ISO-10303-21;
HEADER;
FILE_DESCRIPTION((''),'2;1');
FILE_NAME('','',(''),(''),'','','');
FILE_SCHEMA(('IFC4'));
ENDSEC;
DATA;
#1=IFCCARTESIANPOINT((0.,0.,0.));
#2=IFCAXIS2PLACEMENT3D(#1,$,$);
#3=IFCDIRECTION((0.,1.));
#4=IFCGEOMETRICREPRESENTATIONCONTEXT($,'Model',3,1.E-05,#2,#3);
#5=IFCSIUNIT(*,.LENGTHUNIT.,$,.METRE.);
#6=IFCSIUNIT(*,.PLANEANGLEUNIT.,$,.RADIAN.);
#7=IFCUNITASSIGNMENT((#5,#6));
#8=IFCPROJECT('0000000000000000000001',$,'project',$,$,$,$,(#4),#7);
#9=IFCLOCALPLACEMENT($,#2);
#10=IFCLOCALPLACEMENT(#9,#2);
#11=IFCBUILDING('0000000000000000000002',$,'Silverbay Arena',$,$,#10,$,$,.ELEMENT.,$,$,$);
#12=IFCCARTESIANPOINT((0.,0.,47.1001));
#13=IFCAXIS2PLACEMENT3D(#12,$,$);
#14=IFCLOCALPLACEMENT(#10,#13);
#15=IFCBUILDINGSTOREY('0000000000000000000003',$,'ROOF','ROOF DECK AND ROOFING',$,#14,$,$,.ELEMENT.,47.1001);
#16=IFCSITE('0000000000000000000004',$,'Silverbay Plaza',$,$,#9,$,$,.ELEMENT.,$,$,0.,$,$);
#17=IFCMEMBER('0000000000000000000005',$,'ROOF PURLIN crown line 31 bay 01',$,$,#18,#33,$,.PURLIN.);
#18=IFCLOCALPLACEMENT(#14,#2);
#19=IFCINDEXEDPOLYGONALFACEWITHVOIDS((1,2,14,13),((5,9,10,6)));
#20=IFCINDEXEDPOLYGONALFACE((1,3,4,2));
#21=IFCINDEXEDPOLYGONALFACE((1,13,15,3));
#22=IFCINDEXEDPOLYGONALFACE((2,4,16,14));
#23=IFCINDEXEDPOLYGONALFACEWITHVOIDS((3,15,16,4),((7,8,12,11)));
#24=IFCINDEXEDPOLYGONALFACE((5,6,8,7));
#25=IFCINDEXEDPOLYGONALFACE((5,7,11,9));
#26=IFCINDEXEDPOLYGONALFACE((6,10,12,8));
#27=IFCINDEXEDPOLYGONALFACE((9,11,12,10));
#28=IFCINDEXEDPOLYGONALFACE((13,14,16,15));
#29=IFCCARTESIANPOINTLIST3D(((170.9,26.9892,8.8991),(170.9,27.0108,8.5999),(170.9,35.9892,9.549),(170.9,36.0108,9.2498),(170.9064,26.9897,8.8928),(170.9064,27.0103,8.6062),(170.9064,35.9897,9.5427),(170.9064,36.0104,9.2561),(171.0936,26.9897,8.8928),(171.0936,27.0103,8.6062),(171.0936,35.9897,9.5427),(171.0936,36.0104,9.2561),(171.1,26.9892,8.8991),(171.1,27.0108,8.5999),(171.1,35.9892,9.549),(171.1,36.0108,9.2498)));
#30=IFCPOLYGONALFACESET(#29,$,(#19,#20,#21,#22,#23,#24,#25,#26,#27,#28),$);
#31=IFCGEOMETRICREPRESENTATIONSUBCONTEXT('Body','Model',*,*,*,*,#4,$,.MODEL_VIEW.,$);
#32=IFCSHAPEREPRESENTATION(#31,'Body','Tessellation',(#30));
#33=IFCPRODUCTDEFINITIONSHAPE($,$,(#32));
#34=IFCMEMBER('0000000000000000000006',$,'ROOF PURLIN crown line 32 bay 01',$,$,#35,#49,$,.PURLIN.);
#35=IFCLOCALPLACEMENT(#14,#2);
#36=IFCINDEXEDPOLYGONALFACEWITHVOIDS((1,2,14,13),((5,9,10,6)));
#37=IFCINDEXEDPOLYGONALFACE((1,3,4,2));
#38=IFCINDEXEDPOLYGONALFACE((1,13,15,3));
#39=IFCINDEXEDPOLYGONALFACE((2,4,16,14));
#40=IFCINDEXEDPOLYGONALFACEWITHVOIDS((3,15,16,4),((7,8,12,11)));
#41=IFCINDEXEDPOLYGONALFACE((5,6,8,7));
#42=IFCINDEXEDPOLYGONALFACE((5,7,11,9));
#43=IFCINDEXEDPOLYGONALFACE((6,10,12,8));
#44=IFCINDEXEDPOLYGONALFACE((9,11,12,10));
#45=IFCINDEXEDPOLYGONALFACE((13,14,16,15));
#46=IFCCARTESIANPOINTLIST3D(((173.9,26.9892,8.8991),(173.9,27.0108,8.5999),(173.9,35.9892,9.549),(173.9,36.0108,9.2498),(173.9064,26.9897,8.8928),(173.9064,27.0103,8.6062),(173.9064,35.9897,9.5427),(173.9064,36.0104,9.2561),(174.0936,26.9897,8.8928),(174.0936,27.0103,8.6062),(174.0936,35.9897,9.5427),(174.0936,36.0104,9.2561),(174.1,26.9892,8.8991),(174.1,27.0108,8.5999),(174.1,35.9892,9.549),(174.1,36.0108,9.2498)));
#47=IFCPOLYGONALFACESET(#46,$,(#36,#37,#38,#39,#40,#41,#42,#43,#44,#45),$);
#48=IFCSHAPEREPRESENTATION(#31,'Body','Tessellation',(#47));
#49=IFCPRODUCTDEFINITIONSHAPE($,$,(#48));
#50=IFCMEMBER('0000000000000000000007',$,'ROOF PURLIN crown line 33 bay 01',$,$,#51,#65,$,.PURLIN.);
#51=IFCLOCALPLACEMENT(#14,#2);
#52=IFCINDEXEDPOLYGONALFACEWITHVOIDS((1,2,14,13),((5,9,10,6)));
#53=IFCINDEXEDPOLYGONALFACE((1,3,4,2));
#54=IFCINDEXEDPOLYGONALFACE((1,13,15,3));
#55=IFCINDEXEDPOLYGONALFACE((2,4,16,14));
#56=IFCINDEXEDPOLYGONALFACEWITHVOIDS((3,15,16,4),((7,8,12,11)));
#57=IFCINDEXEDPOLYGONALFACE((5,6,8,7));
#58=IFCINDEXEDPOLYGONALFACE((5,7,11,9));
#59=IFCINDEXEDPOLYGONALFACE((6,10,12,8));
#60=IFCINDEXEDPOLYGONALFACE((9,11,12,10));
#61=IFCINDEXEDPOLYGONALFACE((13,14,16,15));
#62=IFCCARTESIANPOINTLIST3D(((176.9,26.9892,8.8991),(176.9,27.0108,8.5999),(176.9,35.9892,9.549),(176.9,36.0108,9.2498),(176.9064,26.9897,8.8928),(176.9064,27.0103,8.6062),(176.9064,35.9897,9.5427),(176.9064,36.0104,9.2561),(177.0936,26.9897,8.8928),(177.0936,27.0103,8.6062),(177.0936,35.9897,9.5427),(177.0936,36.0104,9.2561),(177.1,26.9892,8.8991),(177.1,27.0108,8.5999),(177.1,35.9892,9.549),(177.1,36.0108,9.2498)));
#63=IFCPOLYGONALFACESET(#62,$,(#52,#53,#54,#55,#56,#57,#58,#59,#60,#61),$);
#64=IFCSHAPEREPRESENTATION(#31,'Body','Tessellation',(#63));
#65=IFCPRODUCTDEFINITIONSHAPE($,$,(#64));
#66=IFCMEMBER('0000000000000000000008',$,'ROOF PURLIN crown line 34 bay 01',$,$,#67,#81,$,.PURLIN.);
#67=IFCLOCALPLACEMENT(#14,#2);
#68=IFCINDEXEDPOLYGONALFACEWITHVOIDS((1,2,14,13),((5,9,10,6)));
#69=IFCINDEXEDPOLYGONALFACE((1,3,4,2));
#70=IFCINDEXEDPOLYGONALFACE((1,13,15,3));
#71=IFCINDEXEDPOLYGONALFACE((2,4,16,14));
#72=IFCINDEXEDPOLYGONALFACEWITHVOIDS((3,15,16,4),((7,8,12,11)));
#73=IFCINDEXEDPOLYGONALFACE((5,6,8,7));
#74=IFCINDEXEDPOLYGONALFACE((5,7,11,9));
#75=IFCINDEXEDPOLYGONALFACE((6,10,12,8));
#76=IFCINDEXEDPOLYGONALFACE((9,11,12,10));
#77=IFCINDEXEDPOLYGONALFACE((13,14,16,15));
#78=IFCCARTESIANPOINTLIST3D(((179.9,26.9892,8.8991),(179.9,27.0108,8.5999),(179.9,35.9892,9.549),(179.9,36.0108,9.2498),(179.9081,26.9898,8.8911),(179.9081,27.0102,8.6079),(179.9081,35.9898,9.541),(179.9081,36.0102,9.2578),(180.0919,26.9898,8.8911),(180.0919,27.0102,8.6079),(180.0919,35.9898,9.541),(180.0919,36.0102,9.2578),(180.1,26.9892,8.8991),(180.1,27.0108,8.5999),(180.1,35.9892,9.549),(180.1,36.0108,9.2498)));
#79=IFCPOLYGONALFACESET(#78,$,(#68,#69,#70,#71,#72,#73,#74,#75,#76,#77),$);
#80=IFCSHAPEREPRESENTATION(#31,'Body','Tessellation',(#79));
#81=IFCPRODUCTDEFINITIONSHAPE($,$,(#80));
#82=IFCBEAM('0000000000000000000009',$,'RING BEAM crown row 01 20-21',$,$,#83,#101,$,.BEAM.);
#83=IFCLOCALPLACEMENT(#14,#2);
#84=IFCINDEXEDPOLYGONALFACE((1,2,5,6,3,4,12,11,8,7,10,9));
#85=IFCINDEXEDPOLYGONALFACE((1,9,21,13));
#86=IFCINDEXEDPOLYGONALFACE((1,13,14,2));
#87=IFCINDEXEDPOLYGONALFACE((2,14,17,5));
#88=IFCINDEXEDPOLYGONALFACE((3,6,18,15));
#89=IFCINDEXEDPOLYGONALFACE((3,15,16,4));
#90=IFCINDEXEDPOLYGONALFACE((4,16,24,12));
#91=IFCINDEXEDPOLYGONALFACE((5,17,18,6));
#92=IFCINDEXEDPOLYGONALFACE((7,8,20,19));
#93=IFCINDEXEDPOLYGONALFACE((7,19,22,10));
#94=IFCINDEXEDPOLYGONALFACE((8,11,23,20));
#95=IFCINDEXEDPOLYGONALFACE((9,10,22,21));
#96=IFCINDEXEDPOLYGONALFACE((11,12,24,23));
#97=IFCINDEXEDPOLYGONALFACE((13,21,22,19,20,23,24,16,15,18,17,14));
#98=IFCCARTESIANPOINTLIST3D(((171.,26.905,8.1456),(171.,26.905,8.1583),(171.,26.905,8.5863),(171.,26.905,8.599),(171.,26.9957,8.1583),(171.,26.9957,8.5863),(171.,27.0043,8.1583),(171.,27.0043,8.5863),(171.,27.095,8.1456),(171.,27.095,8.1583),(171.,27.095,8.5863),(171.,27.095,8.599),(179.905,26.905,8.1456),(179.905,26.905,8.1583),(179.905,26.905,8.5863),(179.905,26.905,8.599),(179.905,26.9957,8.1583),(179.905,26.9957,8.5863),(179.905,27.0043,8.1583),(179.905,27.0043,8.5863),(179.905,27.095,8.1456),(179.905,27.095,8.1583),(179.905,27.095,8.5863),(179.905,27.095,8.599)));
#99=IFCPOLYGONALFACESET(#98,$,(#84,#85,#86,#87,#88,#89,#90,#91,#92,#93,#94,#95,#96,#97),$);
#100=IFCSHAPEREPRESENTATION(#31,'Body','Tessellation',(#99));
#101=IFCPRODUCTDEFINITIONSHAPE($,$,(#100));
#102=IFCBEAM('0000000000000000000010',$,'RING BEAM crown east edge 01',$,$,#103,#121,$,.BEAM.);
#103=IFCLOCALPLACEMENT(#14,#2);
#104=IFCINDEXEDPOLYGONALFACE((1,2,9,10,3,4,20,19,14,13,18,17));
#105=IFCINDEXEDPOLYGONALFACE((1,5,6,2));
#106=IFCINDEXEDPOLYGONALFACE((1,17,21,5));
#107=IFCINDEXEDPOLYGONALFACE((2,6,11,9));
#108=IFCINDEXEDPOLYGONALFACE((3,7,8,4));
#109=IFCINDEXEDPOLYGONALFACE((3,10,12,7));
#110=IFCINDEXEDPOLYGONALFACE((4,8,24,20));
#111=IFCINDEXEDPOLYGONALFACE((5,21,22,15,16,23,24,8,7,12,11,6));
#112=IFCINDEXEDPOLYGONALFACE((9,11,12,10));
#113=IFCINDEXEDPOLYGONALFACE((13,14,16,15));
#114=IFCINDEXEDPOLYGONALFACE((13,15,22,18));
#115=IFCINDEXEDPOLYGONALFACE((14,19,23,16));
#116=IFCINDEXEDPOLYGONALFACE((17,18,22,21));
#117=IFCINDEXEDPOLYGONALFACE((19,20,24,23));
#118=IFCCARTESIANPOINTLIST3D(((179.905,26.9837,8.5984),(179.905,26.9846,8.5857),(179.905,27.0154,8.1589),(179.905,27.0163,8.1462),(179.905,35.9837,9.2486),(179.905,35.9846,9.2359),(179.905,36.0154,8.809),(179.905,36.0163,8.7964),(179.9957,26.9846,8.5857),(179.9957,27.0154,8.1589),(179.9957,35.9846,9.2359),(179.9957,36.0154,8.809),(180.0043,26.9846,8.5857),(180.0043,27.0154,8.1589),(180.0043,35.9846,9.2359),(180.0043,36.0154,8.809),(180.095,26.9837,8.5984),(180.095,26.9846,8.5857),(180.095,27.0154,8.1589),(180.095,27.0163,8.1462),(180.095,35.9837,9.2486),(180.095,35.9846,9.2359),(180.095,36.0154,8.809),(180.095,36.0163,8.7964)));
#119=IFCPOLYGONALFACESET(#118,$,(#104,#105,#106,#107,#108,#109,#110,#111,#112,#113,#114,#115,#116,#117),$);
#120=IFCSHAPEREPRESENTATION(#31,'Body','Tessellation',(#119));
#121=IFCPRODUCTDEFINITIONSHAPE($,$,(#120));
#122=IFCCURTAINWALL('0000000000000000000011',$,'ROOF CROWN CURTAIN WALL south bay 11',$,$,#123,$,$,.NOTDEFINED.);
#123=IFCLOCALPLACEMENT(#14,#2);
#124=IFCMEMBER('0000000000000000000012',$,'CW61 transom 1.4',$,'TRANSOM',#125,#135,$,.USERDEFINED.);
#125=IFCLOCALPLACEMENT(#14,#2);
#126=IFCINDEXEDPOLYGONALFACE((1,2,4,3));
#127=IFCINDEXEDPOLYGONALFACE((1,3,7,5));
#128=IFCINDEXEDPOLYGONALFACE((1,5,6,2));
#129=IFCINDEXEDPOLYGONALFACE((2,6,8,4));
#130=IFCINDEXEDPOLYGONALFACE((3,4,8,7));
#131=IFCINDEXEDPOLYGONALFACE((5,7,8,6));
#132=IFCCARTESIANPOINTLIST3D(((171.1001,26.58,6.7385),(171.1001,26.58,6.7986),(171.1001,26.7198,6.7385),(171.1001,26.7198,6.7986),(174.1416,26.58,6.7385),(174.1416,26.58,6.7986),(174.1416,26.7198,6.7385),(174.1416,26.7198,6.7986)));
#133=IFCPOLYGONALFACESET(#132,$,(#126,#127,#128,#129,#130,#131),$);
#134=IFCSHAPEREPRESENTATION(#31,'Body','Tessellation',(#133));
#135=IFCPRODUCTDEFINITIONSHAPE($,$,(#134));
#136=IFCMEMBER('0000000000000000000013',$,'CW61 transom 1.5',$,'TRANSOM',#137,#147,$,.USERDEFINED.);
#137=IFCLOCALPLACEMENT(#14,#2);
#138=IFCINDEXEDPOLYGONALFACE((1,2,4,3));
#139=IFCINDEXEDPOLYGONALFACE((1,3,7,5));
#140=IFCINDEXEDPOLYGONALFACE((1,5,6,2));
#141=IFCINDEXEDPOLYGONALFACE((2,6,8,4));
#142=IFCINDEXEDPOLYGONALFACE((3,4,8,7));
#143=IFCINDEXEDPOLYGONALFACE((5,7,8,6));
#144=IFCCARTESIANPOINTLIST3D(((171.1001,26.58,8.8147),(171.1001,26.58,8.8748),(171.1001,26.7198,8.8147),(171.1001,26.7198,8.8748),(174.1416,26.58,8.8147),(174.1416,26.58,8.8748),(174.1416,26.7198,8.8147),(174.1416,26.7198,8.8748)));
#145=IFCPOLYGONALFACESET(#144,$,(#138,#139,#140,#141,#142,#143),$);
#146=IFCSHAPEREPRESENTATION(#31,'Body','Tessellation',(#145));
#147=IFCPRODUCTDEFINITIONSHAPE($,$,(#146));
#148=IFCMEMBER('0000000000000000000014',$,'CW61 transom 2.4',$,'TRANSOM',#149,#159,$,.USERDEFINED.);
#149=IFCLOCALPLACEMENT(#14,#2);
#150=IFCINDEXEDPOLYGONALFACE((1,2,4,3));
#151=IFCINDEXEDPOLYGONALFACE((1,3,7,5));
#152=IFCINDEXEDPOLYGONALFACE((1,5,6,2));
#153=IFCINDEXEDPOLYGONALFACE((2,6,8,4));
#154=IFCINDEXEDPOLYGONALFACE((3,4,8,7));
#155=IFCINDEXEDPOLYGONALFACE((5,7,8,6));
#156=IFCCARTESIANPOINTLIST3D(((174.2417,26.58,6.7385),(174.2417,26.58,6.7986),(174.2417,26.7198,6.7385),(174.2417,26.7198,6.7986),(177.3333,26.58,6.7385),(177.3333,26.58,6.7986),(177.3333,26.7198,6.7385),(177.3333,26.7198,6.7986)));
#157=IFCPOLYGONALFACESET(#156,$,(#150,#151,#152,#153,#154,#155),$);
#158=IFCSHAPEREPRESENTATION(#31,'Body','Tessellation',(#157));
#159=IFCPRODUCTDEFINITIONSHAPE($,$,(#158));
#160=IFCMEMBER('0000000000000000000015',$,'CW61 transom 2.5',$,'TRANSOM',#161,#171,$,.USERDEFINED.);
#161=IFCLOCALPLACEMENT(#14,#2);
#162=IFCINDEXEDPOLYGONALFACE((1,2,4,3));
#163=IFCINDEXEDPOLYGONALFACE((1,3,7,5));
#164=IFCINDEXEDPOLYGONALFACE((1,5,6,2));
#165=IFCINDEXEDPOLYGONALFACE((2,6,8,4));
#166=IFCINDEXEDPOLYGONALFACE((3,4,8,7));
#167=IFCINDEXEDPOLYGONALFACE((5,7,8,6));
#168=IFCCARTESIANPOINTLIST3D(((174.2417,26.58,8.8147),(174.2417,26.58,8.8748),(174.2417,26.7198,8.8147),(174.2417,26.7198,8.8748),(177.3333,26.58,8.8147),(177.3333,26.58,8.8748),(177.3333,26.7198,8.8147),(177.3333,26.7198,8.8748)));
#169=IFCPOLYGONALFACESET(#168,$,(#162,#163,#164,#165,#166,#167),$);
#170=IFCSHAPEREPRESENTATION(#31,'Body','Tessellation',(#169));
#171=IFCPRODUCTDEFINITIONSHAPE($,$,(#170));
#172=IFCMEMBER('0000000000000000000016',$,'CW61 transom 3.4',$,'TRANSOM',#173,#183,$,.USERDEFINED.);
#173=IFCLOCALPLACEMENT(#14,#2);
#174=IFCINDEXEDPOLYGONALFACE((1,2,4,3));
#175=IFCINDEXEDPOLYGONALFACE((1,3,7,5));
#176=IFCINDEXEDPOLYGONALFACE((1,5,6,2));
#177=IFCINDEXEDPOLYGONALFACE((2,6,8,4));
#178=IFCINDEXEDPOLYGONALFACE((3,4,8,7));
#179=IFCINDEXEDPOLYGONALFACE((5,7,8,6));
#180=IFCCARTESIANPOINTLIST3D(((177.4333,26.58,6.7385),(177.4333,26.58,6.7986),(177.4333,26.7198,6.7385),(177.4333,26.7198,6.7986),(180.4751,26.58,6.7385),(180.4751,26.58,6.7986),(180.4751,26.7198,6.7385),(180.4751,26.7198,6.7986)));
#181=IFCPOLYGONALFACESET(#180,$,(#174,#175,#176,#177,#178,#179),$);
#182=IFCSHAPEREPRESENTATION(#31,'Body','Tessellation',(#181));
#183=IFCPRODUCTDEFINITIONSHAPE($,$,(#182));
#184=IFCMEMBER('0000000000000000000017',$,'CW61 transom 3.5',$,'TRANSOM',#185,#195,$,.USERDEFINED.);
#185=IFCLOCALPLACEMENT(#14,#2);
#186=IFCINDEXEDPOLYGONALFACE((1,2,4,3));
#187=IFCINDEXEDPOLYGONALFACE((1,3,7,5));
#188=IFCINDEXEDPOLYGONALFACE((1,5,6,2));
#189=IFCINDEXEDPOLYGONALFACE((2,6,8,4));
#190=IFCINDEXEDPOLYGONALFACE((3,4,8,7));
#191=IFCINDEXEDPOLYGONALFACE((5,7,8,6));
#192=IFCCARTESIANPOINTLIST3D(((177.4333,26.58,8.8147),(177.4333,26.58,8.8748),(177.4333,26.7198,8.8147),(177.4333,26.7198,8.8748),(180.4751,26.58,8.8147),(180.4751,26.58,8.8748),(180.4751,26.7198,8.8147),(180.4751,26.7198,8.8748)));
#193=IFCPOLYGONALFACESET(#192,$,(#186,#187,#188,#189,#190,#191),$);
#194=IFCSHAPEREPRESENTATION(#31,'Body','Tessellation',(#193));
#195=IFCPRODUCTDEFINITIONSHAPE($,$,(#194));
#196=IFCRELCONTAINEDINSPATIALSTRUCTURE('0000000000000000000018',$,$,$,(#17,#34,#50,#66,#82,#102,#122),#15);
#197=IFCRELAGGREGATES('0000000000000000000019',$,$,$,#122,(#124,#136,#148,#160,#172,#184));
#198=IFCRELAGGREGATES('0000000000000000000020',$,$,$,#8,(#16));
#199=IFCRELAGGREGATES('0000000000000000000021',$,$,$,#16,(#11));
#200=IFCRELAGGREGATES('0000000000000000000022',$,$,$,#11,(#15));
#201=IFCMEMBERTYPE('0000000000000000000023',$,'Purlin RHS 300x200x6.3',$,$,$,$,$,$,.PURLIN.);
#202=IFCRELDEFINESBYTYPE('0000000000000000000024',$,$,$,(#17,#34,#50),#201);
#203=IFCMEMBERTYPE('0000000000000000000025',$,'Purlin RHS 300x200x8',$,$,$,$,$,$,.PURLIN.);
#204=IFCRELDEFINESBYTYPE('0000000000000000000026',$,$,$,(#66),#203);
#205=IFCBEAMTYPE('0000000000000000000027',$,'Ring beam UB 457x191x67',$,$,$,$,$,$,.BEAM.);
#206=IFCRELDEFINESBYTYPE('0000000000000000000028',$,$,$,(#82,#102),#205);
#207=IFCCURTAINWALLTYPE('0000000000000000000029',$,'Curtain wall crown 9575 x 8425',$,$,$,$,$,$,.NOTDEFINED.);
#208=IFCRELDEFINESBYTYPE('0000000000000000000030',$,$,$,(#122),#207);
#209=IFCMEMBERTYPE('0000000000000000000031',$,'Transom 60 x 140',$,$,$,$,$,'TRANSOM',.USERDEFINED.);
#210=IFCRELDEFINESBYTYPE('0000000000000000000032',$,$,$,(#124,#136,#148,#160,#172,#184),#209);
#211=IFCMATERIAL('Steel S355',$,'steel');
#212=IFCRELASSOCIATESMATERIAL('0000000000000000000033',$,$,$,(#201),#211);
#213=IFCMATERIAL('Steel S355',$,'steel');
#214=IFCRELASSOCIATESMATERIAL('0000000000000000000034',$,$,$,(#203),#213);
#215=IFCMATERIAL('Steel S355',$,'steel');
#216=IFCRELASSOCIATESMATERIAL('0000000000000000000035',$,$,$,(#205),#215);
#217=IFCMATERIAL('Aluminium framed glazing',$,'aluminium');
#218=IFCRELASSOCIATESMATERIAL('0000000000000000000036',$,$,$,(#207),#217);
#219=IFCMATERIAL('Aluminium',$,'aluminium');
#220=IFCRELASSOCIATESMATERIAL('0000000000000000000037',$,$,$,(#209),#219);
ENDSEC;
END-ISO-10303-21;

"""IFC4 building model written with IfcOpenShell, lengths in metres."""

from ifc_helpers import new_model, si_unit, direction, frame, origin, origin_2d, place, context, subcontext, project, spatial, rectangle, hollow_rectangle, i_section, extrude, material, material_profile, profile_set, type_object, element, aggregate, save


model = new_model("IFC4")

# Units and contexts
model_context = context("Model", 3, precision=1e-05, world=origin(), true_north=direction((0.0, 1.0)))
body_context = subcontext(model_context, "Body", "Model", "MODEL_VIEW")
ifc_project = project(units=[si_unit("LENGTHUNIT", "METRE"), si_unit("PLANEANGLEUNIT", "RADIAN")], contexts=[model_context])

# Site, building, storey
site_placement = place(None, origin())
site = spatial("IfcSite", under=ifc_project, at=site_placement, Name="Silverbay Plaza", CompositionType="ELEMENT", RefElevation=0.0)
building_placement = place(site_placement, origin())
building = spatial("IfcBuilding", under=site, at=building_placement, Name="Silverbay Arena", CompositionType="ELEMENT")
storey_placement = place(building_placement, frame((0.0, 0.0, 47.1001)))
storey = spatial("IfcBuildingStorey", under=building, at=storey_placement, Name="ROOF", Description="ROOF DECK AND ROOFING", CompositionType="ELEMENT", Elevation=47.1001)

# Members
ifc_material_1 = material(Name="Steel S355", Category="steel")
ifc_material_profile_1 = material_profile(ifc_material_1, hollow_rectangle(XDim=0.2, YDim=0.3, WallThickness=0.0063, at=origin_2d()), Name="RHS 300x200x6.3")
ifc_profile_set_1 = profile_set([ifc_material_profile_1], Name="Steel S355")
member_type_1 = type_object("IfcMemberType", Name="Purlin RHS 300x200x6.3", PredefinedType="PURLIN", material=ifc_profile_set_1)
for number, where, z_axis, x_axis, name in (
    (1, (171.0, 27.0, 8.7495), (0.0, 0.997403, 0.072024), (-1.0, 0.0, 0.0), "ROOF PURLIN crown line 31 bay 01"),
    (2, (174.0, 27.0, 8.7495), (0.0, 0.997403, 0.072024), (-1.0, 0.0, 0.0), "ROOF PURLIN crown line 32 bay 01"),
    (3, (177.0, 27.0, 8.7495), (0.0, 0.997403, 0.072024), (-1.0, 0.0, 0.0), "ROOF PURLIN crown line 33 bay 01"),
):
    element("IfcMember", number, at=place(storey_placement, frame(where, z_axis=z_axis, x_axis=x_axis)), inside=storey, type_object=member_type_1, Name=name, PredefinedType="PURLIN", context=body_context, shape_type="SweptSolid", body=[
        extrude(hollow_rectangle(XDim=0.2, YDim=0.3, WallThickness=0.0063, at=origin_2d()), origin(), (0.0, 0.0, 1.0), 9.0234),
    ])
ifc_material_2 = material(Name="Steel S355", Category="steel")
ifc_material_profile_2 = material_profile(ifc_material_2, hollow_rectangle(XDim=0.2, YDim=0.3, WallThickness=0.0081, at=origin_2d()), Name="RHS 300x200x8")
ifc_profile_set_2 = profile_set([ifc_material_profile_2], Name="Steel S355")
member_type_2 = type_object("IfcMemberType", Name="Purlin RHS 300x200x8", PredefinedType="PURLIN", material=ifc_profile_set_2)
member_1_placement = place(storey_placement, frame((180.0, 27.0, 8.7495), z_axis=(0.0, 0.997403, 0.072024), x_axis=(-1.0, 0.0, 0.0)))
element("IfcMember", 4, at=member_1_placement, inside=storey, type_object=member_type_2, Name="ROOF PURLIN crown line 34 bay 01", PredefinedType="PURLIN", context=body_context, shape_type="SweptSolid", body=[
    extrude(hollow_rectangle(XDim=0.2, YDim=0.3, WallThickness=0.0081, at=origin_2d()), origin(), (0.0, 0.0, 1.0), 9.0234),
])

# Beams
ifc_material_3 = material(Name="Steel S355", Category="steel")
ifc_material_profile_3 = material_profile(ifc_material_3, i_section(OverallWidth=0.1899, OverallDepth=0.4534, WebThickness=0.0085, FlangeThickness=0.0127, at=origin_2d()), Name="UB 457x191x67")
ifc_profile_set_3 = profile_set([ifc_material_profile_3], Name="Steel S355")
beam_type = type_object("IfcBeamType", Name="Ring beam UB 457x191x67", PredefinedType="BEAM", material=ifc_profile_set_3)
beam_1_placement = place(storey_placement, frame((171.0, 27.0, 8.3723), z_axis=(1.0, 0.0, 0.0), x_axis=(0.0, 1.0, 0.0)))
element("IfcBeam", 5, at=beam_1_placement, inside=storey, type_object=beam_type, Name="RING BEAM crown row 01 20-21", PredefinedType="BEAM", context=body_context, shape_type="SweptSolid", body=[
    extrude(i_section(OverallWidth=0.1899, OverallDepth=0.4534, WebThickness=0.0085, FlangeThickness=0.0127, at=origin_2d()), origin(), (0.0, 0.0, 1.0), 8.905),
])
beam_2_placement = place(storey_placement, frame((180.0, 27.0, 8.3723), z_axis=(0.0, 0.997401, 0.072051), x_axis=(-1.0, 0.0, 0.0)))
element("IfcBeam", 6, at=beam_2_placement, inside=storey, type_object=beam_type, Name="RING BEAM crown east edge 01", PredefinedType="BEAM", context=body_context, shape_type="SweptSolid", body=[
    extrude(i_section(OverallWidth=0.1899, OverallDepth=0.4534, WebThickness=0.0085, FlangeThickness=0.0127, at=origin_2d()), origin(), (0.0, 0.0, 1.0), 9.0234),
])

# Curtain wall, members
ifc_material_4 = material(Name="Aluminium framed glazing", Category="aluminium")
curtain_wall_type_1 = type_object("IfcCurtainWallType", Name="Curtain wall crown 9575 x 8425", PredefinedType="NOTDEFINED", material=ifc_material_4)
curtain_wall_1_placement = place(storey_placement, origin())
curtain_wall_1 = element("IfcCurtainWall", 7, at=curtain_wall_1_placement, inside=storey, type_object=curtain_wall_type_1, Name="ROOF CROWN CURTAIN WALL south bay 11", PredefinedType="NOTDEFINED")
ifc_material_5 = material(Name="Aluminium", Category="aluminium")
ifc_material_profile_4 = material_profile(ifc_material_5, rectangle(XDim=0.1399, YDim=0.0601, at=origin_2d()), Name="Transom 60 x 140")
ifc_profile_set_4 = profile_set([ifc_material_profile_4], Name="Aluminium")
member_type_3 = type_object("IfcMemberType", Name="Transom 60 x 140", ElementType="TRANSOM", PredefinedType="USERDEFINED", material=ifc_profile_set_4)
placement = place(building_placement, frame((0.0, 0.0, 33.5)))
member_2_placement = place(placement, frame((171.1001, 26.6499, 20.3687), z_axis=(1.0, 0.0, 0.0), x_axis=(0.0, 1.0, 0.0)))
member_2 = element("IfcMember", 8, at=member_2_placement, type_object=member_type_3, Name="CW61 transom 1.4", ObjectType="TRANSOM", PredefinedType="USERDEFINED", context=body_context, shape_type="SweptSolid", body=[
    extrude(rectangle(XDim=0.1399, YDim=0.0601, at=origin_2d()), origin(), (0.0, 0.0, 1.0), 3.0415),
])
member_3_placement = place(placement, frame((171.1001, 26.6499, 22.4448), z_axis=(1.0, 0.0, 0.0), x_axis=(0.0, 1.0, 0.0)))
member_3 = element("IfcMember", 9, at=member_3_placement, type_object=member_type_3, Name="CW61 transom 1.5", ObjectType="TRANSOM", PredefinedType="USERDEFINED", context=body_context, shape_type="SweptSolid", body=[
    extrude(rectangle(XDim=0.1399, YDim=0.0601, at=origin_2d()), origin(), (0.0, 0.0, 1.0), 3.0415),
])
member_4_placement = place(placement, frame((174.2417, 26.6499, 20.3687), z_axis=(1.0, 0.0, 0.0), x_axis=(0.0, 1.0, 0.0)))
member_4 = element("IfcMember", 10, at=member_4_placement, type_object=member_type_3, Name="CW61 transom 2.4", ObjectType="TRANSOM", PredefinedType="USERDEFINED", context=body_context, shape_type="SweptSolid", body=[
    extrude(rectangle(XDim=0.1399, YDim=0.0601, at=origin_2d()), origin(), (0.0, 0.0, 1.0), 3.0916),
])
member_5_placement = place(placement, frame((174.2417, 26.6499, 22.4448), z_axis=(1.0, 0.0, 0.0), x_axis=(0.0, 1.0, 0.0)))
member_5 = element("IfcMember", 11, at=member_5_placement, type_object=member_type_3, Name="CW61 transom 2.5", ObjectType="TRANSOM", PredefinedType="USERDEFINED", context=body_context, shape_type="SweptSolid", body=[
    extrude(rectangle(XDim=0.1399, YDim=0.0601, at=origin_2d()), origin(), (0.0, 0.0, 1.0), 3.0916),
])
member_6_placement = place(placement, frame((177.4333, 26.6499, 20.3687), z_axis=(1.0, 0.0, 0.0), x_axis=(0.0, 1.0, 0.0)))
member_6 = element("IfcMember", 12, at=member_6_placement, type_object=member_type_3, Name="CW61 transom 3.4", ObjectType="TRANSOM", PredefinedType="USERDEFINED", context=body_context, shape_type="SweptSolid", body=[
    extrude(rectangle(XDim=0.1399, YDim=0.0601, at=origin_2d()), origin(), (0.0, 0.0, 1.0), 3.0417),
])
member_7_placement = place(placement, frame((177.4333, 26.6499, 22.4448), z_axis=(1.0, 0.0, 0.0), x_axis=(0.0, 1.0, 0.0)))
member_7 = element("IfcMember", 13, at=member_7_placement, type_object=member_type_3, Name="CW61 transom 3.5", ObjectType="TRANSOM", PredefinedType="USERDEFINED", context=body_context, shape_type="SweptSolid", body=[
    extrude(rectangle(XDim=0.1399, YDim=0.0601, at=origin_2d()), origin(), (0.0, 0.0, 1.0), 3.0417),
])

aggregate(curtain_wall_1, [member_2, member_3, member_4, member_5, member_6, member_7])

save(model, "model.ifc")
